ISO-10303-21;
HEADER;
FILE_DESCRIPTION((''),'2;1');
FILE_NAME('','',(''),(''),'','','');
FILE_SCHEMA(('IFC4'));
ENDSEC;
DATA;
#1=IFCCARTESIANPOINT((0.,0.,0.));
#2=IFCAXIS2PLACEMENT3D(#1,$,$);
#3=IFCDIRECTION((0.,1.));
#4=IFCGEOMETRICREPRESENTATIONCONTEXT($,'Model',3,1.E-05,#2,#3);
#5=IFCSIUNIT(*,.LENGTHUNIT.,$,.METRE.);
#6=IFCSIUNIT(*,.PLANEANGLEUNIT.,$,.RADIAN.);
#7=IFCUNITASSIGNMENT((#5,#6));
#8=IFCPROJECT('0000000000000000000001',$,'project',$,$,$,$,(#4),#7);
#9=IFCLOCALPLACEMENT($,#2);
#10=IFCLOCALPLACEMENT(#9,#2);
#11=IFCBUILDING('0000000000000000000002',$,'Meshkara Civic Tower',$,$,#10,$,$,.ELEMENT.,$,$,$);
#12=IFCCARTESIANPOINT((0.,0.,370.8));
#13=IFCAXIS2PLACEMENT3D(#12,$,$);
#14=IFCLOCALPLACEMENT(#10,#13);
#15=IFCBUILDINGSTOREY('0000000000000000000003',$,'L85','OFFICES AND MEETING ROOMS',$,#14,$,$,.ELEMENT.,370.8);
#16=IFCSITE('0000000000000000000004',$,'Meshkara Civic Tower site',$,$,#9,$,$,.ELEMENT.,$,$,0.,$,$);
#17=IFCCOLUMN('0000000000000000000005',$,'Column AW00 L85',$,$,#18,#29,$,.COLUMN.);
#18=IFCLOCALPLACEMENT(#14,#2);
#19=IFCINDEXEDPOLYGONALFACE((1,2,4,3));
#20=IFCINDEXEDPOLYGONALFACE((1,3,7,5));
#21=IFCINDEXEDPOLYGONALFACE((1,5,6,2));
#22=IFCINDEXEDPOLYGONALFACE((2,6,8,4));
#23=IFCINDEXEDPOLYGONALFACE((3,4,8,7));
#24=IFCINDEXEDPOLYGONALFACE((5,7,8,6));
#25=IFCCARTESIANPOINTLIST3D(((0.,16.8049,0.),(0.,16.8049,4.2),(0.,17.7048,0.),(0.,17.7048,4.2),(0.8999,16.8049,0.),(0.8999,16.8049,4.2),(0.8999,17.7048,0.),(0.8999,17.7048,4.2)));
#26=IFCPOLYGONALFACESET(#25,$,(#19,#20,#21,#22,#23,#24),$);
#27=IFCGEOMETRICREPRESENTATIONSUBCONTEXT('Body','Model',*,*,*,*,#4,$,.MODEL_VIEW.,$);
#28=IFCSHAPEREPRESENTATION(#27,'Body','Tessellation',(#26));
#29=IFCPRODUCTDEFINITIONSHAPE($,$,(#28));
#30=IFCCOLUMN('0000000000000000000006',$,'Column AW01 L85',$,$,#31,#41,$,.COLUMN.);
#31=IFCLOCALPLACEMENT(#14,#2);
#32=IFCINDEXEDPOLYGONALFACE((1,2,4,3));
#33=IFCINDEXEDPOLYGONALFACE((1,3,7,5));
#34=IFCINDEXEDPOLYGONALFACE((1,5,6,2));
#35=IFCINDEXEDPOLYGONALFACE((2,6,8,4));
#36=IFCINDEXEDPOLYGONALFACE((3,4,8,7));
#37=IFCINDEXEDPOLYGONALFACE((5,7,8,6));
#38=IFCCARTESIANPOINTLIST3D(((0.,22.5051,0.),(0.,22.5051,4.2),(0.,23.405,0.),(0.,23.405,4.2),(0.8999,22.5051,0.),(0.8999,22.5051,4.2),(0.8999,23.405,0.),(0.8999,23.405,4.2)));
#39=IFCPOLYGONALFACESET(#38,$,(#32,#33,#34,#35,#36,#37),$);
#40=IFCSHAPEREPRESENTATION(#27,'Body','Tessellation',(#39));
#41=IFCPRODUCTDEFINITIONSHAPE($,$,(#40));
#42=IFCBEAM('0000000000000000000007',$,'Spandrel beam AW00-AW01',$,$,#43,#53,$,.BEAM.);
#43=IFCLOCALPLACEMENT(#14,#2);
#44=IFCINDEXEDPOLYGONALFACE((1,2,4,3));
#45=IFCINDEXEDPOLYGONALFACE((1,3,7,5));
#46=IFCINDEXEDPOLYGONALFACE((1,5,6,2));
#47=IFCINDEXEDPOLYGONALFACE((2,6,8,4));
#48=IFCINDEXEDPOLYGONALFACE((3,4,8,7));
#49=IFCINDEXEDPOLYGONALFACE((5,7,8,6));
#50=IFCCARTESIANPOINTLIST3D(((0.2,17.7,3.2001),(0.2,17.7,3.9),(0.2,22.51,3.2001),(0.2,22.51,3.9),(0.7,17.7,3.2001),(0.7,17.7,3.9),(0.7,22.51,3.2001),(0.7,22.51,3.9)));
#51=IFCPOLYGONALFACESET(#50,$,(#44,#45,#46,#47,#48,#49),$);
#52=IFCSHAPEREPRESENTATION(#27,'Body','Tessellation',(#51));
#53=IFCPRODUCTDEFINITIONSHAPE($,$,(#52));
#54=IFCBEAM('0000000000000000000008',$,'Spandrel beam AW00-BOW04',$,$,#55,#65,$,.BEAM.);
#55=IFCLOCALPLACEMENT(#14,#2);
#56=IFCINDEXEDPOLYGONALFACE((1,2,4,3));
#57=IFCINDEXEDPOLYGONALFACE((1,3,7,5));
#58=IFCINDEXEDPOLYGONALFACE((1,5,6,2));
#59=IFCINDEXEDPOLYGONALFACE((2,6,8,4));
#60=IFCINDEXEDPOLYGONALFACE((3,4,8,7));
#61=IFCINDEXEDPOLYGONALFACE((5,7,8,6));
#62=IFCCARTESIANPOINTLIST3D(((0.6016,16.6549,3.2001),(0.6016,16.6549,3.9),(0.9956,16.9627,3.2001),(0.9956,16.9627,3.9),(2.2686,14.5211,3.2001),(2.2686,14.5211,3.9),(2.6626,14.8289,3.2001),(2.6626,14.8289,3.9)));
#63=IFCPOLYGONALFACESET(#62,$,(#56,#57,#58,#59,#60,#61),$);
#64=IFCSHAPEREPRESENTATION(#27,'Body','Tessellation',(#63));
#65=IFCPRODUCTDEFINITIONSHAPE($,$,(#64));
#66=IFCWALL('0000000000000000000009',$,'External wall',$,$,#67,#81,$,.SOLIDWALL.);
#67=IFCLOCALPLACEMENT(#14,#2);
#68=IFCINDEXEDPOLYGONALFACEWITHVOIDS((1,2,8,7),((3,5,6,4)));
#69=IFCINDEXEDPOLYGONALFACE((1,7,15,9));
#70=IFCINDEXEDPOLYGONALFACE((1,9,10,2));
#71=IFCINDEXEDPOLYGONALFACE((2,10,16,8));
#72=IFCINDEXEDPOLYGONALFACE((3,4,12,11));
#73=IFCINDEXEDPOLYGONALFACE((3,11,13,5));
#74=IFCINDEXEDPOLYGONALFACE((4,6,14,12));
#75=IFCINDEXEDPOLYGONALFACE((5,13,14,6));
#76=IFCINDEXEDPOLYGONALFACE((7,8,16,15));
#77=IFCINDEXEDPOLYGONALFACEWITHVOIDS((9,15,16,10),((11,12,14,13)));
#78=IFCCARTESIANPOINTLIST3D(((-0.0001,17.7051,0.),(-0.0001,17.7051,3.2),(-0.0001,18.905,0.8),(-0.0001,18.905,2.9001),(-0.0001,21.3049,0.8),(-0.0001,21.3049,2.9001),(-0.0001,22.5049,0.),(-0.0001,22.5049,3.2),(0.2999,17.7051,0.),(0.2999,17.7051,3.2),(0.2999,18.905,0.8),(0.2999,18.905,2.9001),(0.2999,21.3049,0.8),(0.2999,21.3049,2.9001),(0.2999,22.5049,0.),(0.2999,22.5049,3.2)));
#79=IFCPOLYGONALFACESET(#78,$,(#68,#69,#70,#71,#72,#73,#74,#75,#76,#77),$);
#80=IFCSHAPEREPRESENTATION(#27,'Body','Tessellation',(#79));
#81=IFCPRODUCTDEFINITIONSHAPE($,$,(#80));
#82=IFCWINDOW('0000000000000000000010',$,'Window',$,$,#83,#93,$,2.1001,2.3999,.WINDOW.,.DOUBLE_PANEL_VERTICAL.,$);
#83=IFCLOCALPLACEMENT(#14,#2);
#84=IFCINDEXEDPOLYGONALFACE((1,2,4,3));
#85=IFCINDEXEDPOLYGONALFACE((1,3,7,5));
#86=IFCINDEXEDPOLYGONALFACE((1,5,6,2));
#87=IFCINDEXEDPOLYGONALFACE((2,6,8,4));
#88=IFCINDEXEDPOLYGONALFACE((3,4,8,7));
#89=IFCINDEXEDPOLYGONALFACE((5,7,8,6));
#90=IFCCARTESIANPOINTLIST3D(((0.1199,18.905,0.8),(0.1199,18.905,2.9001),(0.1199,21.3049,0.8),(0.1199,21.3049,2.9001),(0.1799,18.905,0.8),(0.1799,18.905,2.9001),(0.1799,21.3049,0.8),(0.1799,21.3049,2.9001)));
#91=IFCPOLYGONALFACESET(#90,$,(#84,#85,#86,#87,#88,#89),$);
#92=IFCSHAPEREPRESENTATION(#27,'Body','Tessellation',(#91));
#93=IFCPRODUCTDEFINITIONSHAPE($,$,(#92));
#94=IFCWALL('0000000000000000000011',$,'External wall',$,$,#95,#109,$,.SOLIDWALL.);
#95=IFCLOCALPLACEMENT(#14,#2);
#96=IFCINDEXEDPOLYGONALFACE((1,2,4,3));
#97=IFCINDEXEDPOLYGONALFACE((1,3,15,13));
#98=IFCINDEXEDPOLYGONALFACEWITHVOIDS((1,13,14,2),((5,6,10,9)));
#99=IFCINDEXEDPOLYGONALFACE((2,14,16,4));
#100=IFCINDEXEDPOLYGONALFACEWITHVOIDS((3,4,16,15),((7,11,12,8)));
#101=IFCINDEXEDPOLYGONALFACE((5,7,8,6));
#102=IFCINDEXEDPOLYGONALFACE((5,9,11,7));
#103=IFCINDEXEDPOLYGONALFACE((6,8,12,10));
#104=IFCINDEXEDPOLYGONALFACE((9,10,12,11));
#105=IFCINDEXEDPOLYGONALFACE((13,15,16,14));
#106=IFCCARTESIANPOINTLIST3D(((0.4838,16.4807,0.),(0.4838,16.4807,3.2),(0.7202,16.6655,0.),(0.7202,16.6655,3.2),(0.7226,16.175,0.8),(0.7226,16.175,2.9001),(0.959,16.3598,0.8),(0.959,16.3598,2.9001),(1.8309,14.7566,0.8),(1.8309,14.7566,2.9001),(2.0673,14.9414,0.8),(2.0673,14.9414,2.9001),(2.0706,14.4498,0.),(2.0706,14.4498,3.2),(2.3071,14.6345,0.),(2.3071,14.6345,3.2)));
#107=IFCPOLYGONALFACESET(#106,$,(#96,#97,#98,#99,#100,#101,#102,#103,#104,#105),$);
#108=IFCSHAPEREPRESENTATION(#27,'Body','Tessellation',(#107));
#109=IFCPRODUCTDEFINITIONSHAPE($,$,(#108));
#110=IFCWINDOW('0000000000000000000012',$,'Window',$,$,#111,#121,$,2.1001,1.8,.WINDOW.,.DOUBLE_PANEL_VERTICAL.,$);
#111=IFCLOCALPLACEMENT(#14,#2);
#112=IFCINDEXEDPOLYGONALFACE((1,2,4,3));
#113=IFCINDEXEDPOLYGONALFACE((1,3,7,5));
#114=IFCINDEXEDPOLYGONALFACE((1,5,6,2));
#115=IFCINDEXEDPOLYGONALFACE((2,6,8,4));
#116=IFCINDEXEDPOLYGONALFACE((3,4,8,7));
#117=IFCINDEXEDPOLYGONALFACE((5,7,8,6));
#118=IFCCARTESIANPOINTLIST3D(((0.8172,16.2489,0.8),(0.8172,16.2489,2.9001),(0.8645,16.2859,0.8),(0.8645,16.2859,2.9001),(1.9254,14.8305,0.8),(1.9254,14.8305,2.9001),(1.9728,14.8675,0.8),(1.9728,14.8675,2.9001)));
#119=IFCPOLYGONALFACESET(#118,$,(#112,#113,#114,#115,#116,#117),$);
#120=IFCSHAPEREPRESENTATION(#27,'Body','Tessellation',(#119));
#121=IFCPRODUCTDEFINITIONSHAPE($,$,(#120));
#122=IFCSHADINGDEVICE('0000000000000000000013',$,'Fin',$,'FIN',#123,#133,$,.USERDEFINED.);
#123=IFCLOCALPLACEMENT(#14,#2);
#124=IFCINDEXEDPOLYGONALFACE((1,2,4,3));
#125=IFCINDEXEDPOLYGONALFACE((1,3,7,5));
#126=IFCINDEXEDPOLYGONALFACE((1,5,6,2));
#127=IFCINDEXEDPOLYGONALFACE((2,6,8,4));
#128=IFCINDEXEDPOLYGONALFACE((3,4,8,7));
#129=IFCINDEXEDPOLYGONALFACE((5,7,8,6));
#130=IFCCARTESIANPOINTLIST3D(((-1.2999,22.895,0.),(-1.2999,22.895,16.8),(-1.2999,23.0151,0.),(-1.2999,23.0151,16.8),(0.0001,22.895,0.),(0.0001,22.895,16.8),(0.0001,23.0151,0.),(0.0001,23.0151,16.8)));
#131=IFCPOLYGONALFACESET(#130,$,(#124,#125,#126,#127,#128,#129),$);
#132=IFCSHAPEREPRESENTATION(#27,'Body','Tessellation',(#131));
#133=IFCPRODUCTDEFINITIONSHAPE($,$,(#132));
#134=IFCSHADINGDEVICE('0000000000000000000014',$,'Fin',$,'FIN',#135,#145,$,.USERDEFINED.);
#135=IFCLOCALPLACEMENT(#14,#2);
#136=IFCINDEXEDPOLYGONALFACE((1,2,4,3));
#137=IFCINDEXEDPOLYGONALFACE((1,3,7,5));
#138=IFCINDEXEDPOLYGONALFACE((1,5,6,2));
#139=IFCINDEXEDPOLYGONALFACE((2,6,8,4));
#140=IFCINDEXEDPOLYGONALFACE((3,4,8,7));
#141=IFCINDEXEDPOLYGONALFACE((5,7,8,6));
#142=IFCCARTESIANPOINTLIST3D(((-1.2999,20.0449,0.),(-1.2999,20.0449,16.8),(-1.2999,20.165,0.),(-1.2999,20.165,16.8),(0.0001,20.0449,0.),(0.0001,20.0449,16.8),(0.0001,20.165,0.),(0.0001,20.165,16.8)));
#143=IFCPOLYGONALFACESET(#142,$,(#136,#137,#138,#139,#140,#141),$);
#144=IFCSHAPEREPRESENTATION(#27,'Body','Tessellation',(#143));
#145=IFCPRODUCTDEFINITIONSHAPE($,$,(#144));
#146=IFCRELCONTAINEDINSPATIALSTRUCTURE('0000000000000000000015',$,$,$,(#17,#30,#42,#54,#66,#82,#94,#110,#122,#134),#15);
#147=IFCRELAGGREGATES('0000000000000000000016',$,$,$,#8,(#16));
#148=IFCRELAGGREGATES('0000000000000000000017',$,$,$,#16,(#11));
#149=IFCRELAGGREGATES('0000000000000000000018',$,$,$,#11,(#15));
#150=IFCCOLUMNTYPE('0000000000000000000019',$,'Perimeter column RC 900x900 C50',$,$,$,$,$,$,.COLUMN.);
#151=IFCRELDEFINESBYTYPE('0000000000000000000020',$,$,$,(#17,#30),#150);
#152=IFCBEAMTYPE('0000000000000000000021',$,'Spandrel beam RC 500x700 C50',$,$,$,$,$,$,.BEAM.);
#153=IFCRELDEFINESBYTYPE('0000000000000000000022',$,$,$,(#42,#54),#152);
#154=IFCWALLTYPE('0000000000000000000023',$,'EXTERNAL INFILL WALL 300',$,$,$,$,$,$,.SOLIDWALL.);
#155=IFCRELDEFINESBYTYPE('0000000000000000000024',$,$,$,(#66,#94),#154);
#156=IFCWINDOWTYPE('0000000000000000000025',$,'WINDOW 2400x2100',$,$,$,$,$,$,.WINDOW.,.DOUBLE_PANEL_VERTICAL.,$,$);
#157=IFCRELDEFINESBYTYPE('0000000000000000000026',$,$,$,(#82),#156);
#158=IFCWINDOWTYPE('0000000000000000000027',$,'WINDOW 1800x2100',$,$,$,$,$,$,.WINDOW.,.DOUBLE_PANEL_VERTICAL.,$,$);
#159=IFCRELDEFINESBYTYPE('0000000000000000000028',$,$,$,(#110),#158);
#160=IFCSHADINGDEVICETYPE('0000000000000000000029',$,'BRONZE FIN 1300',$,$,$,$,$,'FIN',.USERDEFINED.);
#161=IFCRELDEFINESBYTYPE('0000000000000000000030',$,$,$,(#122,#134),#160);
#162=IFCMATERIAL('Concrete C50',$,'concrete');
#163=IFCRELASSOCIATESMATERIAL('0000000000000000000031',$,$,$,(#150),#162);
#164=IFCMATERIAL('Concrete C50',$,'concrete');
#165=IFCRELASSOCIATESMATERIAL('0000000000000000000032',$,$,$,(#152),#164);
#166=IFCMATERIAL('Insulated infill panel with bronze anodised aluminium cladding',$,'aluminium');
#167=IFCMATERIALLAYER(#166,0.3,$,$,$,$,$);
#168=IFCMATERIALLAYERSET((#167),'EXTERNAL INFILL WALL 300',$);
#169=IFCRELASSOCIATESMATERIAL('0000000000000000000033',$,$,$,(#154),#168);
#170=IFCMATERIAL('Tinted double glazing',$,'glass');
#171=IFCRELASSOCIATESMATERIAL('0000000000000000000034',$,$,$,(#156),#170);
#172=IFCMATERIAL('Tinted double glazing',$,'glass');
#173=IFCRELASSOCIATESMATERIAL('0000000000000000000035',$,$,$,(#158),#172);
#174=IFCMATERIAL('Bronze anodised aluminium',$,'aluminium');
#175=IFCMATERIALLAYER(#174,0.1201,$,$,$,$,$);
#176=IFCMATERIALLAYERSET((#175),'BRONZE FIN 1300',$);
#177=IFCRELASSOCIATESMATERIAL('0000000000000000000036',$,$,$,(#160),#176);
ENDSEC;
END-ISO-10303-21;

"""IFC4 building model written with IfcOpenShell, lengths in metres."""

from ifc_helpers import new_model, si_unit, direction, frame, frame_2d, origin, origin_2d, place, context, subcontext, project, spatial, rectangle, extrude, material, layer, layer_set, material_profile, profile_set, type_object, element, fill, save


model = new_model("IFC4")

# Units and contexts
model_context = context("Model", 3, precision=1e-05, world=origin(), true_north=direction((0.0, 1.0)))
body_context = subcontext(model_context, "Body", "Model", "MODEL_VIEW")
ifc_project = project(units=[si_unit("LENGTHUNIT", "METRE"), si_unit("PLANEANGLEUNIT", "RADIAN")], contexts=[model_context])

# Site, building, storey
site_placement = place(None, origin())
site = spatial("IfcSite", under=ifc_project, at=site_placement, Name="Meshkara Civic Tower site", CompositionType="ELEMENT", RefElevation=0.0)
building_placement = place(site_placement, origin())
building = spatial("IfcBuilding", under=site, at=building_placement, Name="Meshkara Civic Tower", CompositionType="ELEMENT")
storey_placement = place(building_placement, frame((0.0, 0.0, 370.8)))
storey = spatial("IfcBuildingStorey", under=building, at=storey_placement, Name="L85", Description="OFFICES AND MEETING ROOMS", CompositionType="ELEMENT", Elevation=370.8)

# Columns
ifc_material_1 = material(Name="Concrete C50", Category="concrete")
ifc_material_profile_1 = material_profile(ifc_material_1, rectangle(XDim=0.8999, YDim=0.8999, at=origin_2d()))
ifc_profile_set_1 = profile_set([ifc_material_profile_1], Name="Concrete C50")
column_type = type_object("IfcColumnType", Name="Perimeter column RC 900x900 C50", PredefinedType="COLUMN", material=ifc_profile_set_1)
for number, where, z_axis, x_axis, name in (
    (1, (0.45, 17.2549, 0.0), (0.0, 0.0, 1.0), (1.0, 0.0, 0.0), "Column AW00 L85"),
    (2, (0.45, 22.9551, 0.0), (0.0, 0.0, 1.0), (1.0, 0.0, 0.0), "Column AW01 L85"),
):
    element("IfcColumn", number, at=place(storey_placement, frame(where, z_axis=z_axis, x_axis=x_axis)), inside=storey, type_object=column_type, Name=name, PredefinedType="COLUMN", context=body_context, shape_type="SweptSolid", body=[
        extrude(rectangle(XDim=0.8999, YDim=0.8999, at=origin_2d()), origin(), (0.0, 0.0, 1.0), 4.2),
    ])

# Beams
ifc_material_2 = material(Name="Concrete C50", Category="concrete")
ifc_material_profile_2 = material_profile(ifc_material_2, rectangle(XDim=0.5, YDim=0.7, at=origin_2d()))
ifc_profile_set_2 = profile_set([ifc_material_profile_2], Name="Concrete C50")
beam_type = type_object("IfcBeamType", Name="Spandrel beam RC 500x700 C50", PredefinedType="BEAM", material=ifc_profile_set_2)
beam_1_placement = place(storey_placement, frame((0.45, 22.51, 3.55), z_axis=(0.0, -1.0, 0.0), x_axis=(1.0, 0.0, 0.0)))
element("IfcBeam", 3, at=beam_1_placement, inside=storey, type_object=beam_type, Name="Spandrel beam AW00-AW01", PredefinedType="BEAM", context=body_context, shape_type="SweptSolid", body=[
    extrude(rectangle(XDim=0.5, YDim=0.7, at=origin_2d()), origin(), (0.0, 0.0, 1.0), 4.8101),
])
beam_2_placement = place(storey_placement, frame((0.7986, 16.8088, 3.55), z_axis=(0.615637, -0.78803, 0.0), x_axis=(0.78803, 0.615637, 0.0)))
element("IfcBeam", 4, at=beam_2_placement, inside=storey, type_object=beam_type, Name="Spandrel beam AW00-BOW04", PredefinedType="BEAM", context=body_context, shape_type="SweptSolid", body=[
    extrude(rectangle(XDim=0.5, YDim=0.7, at=origin_2d()), origin(), (0.0, 0.0, 1.0), 2.7078),
])

# Walls, openings, windows
ifc_material_3 = material(Name="Insulated infill panel with bronze anodised aluminium cladding", Category="aluminium")
ifc_layer_1 = layer(ifc_material_3, 0.3)
ifc_layer_set_1 = layer_set([ifc_layer_1], Name="EXTERNAL INFILL WALL 300")
wall_type = type_object("IfcWallType", Name="EXTERNAL INFILL WALL 300", PredefinedType="SOLIDWALL", material=ifc_layer_set_1)
wall_1_placement = place(storey_placement, frame((0.1499, 22.5049, 0.0), z_axis=(0.0, 0.0, 1.0), x_axis=(0.0, -1.0, 0.0)))
wall_1 = element("IfcWall", 5, at=wall_1_placement, inside=storey, type_object=wall_type, Name="External wall", PredefinedType="SOLIDWALL", context=body_context, shape_type="SweptSolid", body=[
    extrude(rectangle(XDim=4.7998, YDim=0.3, at=frame_2d((2.3999, 0.0))), origin(), (0.0, 0.0, 1.0), 3.2),
])
opening_1_placement = place(wall_1_placement, frame((1.2, 0.0, 0.8)))
opening_1 = element("IfcOpeningElement", 6, at=opening_1_placement, cuts=wall_1, PredefinedType="OPENING", context=body_context, shape_type="SweptSolid", body=[
    extrude(rectangle(XDim=2.3999, YDim=2.1001, at=frame_2d((1.2, 1.05))), frame((0.0, 0.1599, 0.0), z_axis=(0.0, -1.0, 0.0), x_axis=(1.0, 0.0, 0.0)), (0.0, 0.0, 1.0), 0.3201),
])
ifc_material_4 = material(Name="Tinted double glazing", Category="glass")
window_type_1 = type_object("IfcWindowType", Name="WINDOW 2400x2100", PartitioningType="DOUBLE_PANEL_VERTICAL", PredefinedType="WINDOW", material=ifc_material_4)
window_1_placement = place(opening_1_placement, origin())
window_1 = element("IfcWindow", 7, at=window_1_placement, inside=storey, type_object=window_type_1, Name="Window", OverallHeight=2.1001, OverallWidth=2.3999, PartitioningType="DOUBLE_PANEL_VERTICAL", PredefinedType="WINDOW", context=body_context, shape_type="SweptSolid", body=[
    extrude(rectangle(XDim=2.3999, YDim=2.1001, at=frame_2d((1.2, 1.05))), frame((0.0, 0.03, 0.0), z_axis=(0.0, -1.0, 0.0), x_axis=(1.0, 0.0, 0.0)), (0.0, 0.0, 1.0), 0.0601),
])
fill(opening_1, window_1)
wall_2_placement = place(storey_placement, frame((0.6021, 16.573, 0.0), z_axis=(0.0, 0.0, 1.0), x_axis=(0.61569, -0.787988, 0.0)))
wall_2 = element("IfcWall", 8, at=wall_2_placement, inside=storey, type_object=wall_type, Name="External wall", PredefinedType="SOLIDWALL", context=body_context, shape_type="SweptSolid", body=[
    extrude(rectangle(XDim=2.5774, YDim=0.3, at=frame_2d((1.2886, 0.0))), origin(), (0.0, 0.0, 1.0), 3.2),
])
opening_2_placement = place(wall_2_placement, frame((0.3879, 0.0, 0.8)))
opening_2 = element("IfcOpeningElement", 9, at=opening_2_placement, cuts=wall_2, PredefinedType="OPENING", context=body_context, shape_type="SweptSolid", body=[
    extrude(rectangle(XDim=1.8, YDim=2.1001, at=frame_2d((0.8999, 1.05))), frame((0.0, 0.1599, 0.0), z_axis=(0.0, -1.0, 0.0), x_axis=(1.0, 0.0, 0.0)), (0.0, 0.0, 1.0), 0.3201),
])
ifc_material_5 = material(Name="Tinted double glazing", Category="glass")
window_type_2 = type_object("IfcWindowType", Name="WINDOW 1800x2100", PartitioningType="DOUBLE_PANEL_VERTICAL", PredefinedType="WINDOW", material=ifc_material_5)
window_2_placement = place(opening_2_placement, origin())
window_2 = element("IfcWindow", 10, at=window_2_placement, inside=storey, type_object=window_type_2, Name="Window", OverallHeight=2.1001, OverallWidth=1.8, PartitioningType="DOUBLE_PANEL_VERTICAL", PredefinedType="WINDOW", context=body_context, shape_type="SweptSolid", body=[
    extrude(rectangle(XDim=1.8, YDim=2.1001, at=frame_2d((0.8999, 1.05))), frame((0.0, 0.03, 0.0), z_axis=(0.0, -1.0, 0.0), x_axis=(1.0, 0.0, 0.0)), (0.0, 0.0, 1.0), 0.0601),
])
fill(opening_2, window_2)

# Shading devices
ifc_material_6 = material(Name="Bronze anodised aluminium", Category="aluminium")
ifc_layer_2 = layer(ifc_material_6, 0.1201)
ifc_layer_set_2 = layer_set([ifc_layer_2], Name="BRONZE FIN 1300")
shading_device_type = type_object("IfcShadingDeviceType", Name="BRONZE FIN 1300", ElementType="FIN", PredefinedType="USERDEFINED", material=ifc_layer_set_2)
for number, where, z_axis, x_axis, name in (
    (11, (-0.6499, 22.9551, 0.0), (0.0, 0.0, 1.0), (0.0, -1.0, 0.0), "Fin"),
    (12, (-0.6499, 20.105, 0.0), (0.0, 0.0, 1.0), (0.0, -1.0, 0.0), "Fin"),
):
    element("IfcShadingDevice", number, at=place(storey_placement, frame(where, z_axis=z_axis, x_axis=x_axis)), inside=storey, type_object=shading_device_type, Name=name, ObjectType="FIN", PredefinedType="USERDEFINED", context=body_context, shape_type="SweptSolid", body=[
        extrude(rectangle(XDim=0.1201, YDim=1.3, at=origin_2d()), origin(), (0.0, 0.0, 1.0), 16.8),
    ])

save(model, "model.ifc")
